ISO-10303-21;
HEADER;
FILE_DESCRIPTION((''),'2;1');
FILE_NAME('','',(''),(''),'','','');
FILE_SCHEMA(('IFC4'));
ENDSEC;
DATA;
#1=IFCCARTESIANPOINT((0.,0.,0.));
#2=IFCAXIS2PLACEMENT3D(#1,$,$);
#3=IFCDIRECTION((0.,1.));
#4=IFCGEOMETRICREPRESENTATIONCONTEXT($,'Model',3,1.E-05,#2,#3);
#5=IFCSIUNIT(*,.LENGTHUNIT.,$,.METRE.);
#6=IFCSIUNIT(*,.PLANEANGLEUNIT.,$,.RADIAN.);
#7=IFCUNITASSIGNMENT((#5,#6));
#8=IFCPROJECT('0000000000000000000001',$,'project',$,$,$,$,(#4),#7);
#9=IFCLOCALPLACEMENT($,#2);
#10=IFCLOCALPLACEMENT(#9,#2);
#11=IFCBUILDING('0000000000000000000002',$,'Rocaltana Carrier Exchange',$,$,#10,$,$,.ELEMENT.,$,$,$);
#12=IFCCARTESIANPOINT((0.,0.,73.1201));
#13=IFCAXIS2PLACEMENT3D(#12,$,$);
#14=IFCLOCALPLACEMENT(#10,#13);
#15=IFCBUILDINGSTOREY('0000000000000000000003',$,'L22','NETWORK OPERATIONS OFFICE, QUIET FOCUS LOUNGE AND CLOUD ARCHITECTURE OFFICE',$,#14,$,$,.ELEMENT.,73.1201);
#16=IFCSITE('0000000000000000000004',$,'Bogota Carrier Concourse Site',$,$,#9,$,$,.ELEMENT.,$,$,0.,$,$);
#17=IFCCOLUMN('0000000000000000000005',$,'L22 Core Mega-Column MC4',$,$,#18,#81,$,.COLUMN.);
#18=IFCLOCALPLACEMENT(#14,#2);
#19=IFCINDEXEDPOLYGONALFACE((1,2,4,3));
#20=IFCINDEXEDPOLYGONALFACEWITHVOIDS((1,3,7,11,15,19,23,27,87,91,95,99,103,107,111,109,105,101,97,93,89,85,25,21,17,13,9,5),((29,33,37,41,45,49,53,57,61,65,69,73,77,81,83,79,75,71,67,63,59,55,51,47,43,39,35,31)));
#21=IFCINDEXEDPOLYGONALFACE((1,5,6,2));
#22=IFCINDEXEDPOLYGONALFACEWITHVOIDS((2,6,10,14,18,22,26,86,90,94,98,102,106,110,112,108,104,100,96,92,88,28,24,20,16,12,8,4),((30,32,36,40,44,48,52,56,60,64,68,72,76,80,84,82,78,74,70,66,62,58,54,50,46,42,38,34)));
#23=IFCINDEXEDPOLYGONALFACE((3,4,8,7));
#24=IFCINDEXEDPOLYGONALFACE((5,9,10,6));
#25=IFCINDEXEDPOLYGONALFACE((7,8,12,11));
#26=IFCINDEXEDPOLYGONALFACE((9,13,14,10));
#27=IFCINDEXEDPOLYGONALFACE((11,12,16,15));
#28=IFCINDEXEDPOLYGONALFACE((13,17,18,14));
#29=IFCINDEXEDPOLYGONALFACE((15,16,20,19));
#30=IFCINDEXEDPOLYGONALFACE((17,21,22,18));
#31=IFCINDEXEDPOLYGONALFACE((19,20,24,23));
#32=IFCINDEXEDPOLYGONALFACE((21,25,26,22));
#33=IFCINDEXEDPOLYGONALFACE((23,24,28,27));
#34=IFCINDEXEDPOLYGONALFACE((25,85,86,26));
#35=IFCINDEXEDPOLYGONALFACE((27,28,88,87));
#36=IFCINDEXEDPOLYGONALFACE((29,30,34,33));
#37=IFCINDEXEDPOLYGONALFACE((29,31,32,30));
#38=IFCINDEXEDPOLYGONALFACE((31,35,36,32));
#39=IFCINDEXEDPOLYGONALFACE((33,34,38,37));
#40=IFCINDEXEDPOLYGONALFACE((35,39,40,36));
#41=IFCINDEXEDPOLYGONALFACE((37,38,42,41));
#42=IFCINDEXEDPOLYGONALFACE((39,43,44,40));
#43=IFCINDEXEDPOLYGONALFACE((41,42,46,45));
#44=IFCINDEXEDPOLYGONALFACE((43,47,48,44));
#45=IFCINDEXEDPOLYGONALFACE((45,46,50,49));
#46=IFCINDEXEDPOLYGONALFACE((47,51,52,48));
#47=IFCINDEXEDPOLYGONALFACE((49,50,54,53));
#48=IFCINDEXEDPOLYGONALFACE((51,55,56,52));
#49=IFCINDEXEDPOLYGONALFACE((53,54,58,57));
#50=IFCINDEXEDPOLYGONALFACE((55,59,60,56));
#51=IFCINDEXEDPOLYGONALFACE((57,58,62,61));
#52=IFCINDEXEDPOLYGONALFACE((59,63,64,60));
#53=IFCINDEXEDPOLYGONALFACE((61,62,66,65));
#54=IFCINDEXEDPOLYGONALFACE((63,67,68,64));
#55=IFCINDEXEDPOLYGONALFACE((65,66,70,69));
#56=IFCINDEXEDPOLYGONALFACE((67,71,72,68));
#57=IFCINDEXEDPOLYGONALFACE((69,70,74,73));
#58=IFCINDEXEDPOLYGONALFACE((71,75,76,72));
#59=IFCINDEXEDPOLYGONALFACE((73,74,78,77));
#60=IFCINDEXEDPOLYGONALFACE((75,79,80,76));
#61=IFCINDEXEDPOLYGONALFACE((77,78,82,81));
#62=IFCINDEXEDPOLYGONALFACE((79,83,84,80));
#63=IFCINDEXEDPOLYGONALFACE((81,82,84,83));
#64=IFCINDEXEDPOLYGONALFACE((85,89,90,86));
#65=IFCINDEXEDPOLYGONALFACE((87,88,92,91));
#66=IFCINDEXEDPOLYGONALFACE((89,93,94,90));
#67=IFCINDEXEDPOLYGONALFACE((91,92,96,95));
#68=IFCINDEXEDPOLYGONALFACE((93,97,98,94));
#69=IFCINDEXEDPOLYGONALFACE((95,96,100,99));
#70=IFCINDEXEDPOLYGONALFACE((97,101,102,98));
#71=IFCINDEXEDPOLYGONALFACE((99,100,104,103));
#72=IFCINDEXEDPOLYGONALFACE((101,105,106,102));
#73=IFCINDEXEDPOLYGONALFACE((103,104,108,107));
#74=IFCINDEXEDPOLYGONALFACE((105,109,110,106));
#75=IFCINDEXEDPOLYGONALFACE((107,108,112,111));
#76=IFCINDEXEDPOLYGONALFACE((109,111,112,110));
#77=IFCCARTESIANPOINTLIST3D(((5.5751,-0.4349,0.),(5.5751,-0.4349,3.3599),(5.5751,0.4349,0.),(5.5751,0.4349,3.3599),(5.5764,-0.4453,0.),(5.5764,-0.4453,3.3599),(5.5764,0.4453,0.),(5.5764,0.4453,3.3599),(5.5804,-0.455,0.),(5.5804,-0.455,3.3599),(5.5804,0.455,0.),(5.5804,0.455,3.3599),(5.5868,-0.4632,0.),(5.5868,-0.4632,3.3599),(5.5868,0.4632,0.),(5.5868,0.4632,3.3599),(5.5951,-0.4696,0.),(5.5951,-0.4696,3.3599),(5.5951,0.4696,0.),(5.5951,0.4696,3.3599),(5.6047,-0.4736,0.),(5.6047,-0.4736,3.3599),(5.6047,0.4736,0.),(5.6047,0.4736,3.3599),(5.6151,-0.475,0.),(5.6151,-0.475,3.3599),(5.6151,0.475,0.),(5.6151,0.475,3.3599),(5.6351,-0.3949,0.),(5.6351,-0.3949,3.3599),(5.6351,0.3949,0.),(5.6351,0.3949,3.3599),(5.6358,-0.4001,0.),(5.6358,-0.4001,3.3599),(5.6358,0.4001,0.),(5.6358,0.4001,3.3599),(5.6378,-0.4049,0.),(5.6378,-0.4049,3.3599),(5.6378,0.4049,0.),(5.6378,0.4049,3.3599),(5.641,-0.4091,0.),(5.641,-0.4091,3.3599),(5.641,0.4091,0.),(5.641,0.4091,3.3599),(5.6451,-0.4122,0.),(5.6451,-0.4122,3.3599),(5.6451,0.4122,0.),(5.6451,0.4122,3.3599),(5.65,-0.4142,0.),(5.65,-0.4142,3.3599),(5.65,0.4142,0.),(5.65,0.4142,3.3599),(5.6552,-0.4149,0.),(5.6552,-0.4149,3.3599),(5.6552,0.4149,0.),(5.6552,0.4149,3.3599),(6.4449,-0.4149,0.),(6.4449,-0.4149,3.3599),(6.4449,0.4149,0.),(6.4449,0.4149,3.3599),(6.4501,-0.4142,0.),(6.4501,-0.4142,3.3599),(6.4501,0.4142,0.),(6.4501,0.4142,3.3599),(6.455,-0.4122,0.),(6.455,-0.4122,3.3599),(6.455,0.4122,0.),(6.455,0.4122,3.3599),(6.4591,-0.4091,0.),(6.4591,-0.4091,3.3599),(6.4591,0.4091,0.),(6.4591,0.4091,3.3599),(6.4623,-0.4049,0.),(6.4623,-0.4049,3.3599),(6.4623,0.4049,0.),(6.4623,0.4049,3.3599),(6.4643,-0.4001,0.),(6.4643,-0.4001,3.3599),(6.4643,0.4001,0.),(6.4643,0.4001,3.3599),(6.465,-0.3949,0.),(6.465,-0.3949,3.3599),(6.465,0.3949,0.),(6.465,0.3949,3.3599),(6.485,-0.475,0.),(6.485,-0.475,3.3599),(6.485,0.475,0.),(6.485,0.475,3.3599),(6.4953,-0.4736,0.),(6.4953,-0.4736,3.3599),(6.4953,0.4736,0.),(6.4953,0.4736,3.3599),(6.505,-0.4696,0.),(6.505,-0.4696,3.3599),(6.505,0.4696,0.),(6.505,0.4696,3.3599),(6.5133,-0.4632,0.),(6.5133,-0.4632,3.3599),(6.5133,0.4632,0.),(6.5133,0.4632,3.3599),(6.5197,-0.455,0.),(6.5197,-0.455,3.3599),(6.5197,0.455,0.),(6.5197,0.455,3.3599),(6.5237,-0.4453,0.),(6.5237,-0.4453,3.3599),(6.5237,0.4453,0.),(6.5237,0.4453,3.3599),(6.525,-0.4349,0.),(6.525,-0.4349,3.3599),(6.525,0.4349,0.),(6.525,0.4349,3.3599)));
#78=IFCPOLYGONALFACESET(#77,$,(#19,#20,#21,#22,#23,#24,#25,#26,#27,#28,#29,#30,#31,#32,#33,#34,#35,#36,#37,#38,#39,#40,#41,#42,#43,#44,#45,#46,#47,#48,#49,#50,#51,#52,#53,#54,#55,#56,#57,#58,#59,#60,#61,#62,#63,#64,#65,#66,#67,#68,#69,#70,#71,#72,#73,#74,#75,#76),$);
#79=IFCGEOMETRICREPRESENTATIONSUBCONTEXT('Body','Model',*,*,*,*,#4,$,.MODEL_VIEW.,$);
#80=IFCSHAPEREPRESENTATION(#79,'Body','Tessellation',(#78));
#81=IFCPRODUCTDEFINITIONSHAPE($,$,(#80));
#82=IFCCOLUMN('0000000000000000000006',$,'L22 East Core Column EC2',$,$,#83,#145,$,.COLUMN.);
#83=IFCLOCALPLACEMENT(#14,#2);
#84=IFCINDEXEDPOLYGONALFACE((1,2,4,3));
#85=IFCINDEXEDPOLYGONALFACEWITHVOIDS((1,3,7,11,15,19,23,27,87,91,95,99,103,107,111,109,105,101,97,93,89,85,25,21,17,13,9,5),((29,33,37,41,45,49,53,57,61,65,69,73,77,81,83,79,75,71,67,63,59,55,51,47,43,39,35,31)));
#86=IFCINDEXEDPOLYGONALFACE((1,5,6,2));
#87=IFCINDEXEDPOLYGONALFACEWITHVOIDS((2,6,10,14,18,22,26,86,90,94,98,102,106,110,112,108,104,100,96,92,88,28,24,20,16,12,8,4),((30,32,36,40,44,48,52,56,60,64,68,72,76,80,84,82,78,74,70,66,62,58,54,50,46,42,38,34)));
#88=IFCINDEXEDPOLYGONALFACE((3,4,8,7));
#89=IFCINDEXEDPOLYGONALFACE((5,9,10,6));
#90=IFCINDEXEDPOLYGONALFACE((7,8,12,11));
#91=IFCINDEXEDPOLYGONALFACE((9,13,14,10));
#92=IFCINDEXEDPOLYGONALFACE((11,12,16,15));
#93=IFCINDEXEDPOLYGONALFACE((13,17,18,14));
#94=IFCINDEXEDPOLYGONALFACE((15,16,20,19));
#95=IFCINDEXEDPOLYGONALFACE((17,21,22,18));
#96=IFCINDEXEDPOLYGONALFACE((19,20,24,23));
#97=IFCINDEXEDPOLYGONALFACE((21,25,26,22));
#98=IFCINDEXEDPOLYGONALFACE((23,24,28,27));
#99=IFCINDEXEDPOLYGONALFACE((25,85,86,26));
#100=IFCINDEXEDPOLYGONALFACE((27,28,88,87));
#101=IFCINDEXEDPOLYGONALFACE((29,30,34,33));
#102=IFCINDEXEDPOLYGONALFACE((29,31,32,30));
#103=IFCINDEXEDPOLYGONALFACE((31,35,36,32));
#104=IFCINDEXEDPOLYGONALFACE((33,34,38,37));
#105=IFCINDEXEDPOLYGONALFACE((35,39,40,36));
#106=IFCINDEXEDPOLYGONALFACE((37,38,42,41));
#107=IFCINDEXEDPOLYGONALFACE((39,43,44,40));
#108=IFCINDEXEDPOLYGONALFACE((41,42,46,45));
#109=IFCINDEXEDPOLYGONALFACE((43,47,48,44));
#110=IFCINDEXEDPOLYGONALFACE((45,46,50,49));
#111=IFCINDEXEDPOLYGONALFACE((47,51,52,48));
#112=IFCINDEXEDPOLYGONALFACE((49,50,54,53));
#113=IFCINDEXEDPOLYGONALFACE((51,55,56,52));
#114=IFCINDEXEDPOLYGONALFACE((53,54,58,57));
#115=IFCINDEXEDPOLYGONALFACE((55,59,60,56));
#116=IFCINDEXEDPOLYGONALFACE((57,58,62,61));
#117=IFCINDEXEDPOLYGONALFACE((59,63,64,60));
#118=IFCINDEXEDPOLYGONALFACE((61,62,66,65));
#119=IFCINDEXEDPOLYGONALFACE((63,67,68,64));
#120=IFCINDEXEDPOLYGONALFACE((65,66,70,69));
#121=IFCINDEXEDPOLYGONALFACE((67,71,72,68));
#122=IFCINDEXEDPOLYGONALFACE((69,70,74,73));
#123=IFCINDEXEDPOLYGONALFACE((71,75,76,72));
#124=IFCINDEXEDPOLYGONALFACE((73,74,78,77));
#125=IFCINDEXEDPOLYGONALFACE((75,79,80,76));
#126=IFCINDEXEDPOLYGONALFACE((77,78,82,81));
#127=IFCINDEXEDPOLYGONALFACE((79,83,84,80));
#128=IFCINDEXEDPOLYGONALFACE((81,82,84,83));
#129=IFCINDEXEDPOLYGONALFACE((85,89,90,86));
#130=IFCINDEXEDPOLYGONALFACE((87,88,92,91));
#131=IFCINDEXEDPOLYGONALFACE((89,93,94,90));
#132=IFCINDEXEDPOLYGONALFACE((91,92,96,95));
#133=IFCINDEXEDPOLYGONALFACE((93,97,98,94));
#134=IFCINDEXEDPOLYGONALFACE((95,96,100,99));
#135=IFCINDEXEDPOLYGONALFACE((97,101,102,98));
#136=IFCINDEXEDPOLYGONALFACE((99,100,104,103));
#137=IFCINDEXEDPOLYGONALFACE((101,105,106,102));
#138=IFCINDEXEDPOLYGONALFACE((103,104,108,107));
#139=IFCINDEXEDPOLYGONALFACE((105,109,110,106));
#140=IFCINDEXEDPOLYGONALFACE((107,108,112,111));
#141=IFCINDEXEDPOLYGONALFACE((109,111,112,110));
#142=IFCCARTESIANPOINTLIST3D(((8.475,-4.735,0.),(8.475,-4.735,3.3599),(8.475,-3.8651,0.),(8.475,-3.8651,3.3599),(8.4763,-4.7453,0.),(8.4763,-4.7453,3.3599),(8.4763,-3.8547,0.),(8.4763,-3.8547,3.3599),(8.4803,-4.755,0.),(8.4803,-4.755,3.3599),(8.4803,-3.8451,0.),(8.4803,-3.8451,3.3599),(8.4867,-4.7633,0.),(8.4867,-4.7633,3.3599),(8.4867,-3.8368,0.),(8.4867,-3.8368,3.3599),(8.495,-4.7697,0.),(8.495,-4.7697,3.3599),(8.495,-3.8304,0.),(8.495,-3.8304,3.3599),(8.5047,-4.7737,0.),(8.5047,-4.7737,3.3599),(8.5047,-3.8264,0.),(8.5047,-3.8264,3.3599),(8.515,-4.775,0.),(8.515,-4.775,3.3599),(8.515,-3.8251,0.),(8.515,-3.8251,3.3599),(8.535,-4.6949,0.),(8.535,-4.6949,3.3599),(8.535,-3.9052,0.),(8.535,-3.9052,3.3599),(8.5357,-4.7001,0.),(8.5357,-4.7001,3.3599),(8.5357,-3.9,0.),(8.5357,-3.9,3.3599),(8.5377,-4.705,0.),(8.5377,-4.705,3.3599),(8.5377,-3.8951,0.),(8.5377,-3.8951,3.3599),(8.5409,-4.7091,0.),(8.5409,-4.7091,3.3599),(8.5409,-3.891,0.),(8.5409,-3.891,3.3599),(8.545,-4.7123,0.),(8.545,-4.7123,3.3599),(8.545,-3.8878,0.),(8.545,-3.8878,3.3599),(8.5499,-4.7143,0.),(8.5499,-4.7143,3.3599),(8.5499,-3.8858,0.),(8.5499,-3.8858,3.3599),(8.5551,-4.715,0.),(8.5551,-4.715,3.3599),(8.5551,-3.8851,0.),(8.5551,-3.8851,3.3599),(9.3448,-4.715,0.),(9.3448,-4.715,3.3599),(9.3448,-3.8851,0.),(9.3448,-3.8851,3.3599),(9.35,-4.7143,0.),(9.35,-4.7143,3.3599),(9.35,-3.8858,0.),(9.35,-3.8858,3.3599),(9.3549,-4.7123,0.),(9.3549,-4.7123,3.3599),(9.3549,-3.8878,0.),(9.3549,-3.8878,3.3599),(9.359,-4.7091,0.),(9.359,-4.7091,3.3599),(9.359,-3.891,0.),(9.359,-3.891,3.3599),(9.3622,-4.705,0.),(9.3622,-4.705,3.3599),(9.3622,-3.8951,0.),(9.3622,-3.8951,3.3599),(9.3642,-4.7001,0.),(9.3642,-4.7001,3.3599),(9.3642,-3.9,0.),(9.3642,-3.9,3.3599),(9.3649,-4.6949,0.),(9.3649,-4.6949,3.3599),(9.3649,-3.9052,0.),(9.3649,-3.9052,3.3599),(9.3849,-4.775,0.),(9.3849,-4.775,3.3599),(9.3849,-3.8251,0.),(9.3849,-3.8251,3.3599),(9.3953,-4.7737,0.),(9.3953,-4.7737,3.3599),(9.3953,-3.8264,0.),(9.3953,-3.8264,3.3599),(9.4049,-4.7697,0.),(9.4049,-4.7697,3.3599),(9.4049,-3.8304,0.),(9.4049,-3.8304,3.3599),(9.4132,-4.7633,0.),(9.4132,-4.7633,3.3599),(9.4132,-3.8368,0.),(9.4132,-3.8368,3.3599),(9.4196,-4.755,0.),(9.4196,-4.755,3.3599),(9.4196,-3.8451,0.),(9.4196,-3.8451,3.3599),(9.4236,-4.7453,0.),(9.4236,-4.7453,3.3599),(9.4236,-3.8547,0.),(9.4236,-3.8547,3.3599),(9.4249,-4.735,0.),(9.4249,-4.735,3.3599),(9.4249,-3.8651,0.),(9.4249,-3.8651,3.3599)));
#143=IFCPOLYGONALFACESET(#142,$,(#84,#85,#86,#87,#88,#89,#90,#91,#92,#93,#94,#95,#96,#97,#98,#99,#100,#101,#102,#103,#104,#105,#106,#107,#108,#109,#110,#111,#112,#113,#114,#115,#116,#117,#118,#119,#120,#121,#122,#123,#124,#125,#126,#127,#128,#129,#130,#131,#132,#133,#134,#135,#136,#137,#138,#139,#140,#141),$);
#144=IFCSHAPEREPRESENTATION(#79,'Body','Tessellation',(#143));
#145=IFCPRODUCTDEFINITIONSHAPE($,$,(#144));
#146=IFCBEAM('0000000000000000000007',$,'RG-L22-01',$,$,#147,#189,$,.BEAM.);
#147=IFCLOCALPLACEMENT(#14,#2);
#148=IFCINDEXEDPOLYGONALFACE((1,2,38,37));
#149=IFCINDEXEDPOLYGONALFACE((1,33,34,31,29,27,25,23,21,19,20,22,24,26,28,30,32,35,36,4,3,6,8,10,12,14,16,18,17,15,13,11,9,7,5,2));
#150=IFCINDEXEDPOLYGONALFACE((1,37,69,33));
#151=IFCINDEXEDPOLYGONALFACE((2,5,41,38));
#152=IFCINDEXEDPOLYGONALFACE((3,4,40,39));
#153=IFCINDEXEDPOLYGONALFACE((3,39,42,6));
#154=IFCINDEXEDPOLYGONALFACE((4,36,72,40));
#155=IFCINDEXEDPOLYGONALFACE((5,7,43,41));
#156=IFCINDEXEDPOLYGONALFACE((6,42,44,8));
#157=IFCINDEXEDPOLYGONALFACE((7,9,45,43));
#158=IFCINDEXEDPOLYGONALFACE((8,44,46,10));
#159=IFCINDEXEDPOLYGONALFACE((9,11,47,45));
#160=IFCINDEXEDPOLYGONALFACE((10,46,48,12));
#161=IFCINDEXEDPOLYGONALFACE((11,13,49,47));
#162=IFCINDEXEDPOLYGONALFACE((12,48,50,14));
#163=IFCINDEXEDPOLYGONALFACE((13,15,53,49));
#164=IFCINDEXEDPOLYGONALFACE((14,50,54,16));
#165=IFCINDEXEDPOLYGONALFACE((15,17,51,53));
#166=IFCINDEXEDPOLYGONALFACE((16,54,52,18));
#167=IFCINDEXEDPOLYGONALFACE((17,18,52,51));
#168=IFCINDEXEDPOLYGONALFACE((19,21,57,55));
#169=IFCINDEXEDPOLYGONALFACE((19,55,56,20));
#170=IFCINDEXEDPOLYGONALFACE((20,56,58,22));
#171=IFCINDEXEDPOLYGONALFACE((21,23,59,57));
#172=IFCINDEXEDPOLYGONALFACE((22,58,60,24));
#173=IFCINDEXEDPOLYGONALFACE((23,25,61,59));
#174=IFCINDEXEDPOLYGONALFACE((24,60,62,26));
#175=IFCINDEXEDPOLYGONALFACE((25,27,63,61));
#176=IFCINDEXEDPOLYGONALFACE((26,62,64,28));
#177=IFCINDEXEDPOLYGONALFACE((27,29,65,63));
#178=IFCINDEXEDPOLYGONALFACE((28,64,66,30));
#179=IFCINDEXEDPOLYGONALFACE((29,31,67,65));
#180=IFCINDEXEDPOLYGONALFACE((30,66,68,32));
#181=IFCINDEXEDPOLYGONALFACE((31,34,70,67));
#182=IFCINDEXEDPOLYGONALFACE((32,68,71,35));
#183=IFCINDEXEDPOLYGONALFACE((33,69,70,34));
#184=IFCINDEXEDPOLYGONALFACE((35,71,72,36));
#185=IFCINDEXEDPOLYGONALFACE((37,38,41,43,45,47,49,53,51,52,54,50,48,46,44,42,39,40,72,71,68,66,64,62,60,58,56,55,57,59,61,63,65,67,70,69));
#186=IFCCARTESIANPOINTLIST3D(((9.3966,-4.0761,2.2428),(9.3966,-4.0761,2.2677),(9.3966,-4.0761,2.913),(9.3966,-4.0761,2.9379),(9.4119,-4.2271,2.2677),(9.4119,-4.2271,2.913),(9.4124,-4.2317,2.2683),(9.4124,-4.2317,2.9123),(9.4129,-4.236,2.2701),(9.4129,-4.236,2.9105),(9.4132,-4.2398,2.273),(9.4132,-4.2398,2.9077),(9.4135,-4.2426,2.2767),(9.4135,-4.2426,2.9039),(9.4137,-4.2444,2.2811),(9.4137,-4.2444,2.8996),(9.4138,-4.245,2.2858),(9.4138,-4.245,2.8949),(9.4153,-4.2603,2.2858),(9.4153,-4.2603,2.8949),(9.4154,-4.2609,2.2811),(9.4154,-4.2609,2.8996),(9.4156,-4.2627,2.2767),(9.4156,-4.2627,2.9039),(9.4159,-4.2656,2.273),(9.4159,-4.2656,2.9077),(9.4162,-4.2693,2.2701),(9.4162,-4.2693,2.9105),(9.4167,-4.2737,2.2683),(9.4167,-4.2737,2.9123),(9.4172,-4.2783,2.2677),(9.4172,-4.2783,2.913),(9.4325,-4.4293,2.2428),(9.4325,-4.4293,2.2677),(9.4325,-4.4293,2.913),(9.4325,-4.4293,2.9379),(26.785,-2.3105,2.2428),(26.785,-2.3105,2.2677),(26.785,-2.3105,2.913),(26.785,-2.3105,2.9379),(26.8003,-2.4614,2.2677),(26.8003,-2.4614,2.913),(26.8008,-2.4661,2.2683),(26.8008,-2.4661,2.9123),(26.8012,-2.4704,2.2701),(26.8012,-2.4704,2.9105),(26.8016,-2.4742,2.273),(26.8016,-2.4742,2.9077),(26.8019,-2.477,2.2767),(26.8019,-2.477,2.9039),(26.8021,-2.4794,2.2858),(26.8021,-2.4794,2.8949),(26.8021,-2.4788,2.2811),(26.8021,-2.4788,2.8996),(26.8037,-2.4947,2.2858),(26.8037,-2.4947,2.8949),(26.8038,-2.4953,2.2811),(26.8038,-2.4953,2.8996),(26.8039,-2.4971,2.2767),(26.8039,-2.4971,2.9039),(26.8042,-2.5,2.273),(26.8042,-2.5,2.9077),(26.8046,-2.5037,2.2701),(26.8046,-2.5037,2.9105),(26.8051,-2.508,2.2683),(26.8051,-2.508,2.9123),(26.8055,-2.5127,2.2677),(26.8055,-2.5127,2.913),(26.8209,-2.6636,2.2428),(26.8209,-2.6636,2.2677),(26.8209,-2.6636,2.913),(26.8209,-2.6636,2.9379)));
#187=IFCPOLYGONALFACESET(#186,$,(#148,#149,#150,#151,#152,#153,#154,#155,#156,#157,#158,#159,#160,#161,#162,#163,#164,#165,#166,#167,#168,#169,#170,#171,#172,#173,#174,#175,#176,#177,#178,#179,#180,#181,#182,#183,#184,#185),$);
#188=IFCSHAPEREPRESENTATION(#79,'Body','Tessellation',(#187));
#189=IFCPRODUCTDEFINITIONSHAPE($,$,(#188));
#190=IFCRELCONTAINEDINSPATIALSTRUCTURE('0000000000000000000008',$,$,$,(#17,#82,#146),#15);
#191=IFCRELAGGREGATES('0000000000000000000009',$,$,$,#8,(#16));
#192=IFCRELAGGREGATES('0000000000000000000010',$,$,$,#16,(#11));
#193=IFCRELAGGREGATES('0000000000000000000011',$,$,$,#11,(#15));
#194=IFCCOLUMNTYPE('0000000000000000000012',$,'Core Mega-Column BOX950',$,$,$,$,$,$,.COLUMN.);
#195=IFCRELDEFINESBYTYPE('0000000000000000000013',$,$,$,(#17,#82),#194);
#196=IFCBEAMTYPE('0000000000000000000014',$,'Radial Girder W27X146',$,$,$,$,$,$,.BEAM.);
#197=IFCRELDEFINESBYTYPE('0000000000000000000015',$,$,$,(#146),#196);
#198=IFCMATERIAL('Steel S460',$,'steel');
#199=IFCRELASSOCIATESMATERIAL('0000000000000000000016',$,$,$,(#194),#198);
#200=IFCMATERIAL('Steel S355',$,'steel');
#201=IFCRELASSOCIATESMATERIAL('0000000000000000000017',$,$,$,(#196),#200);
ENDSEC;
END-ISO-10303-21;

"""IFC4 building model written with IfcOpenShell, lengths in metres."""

from ifc_helpers import new_model, si_unit, direction, frame, origin, origin_2d, place, context, subcontext, project, spatial, hollow_rectangle, i_section, extrude, material, material_profile, profile_set, type_object, element, save


model = new_model("IFC4")

# Units and contexts
model_context = context("Model", 3, precision=1e-05, world=origin(), true_north=direction((0.0, 1.0)))
body_context = subcontext(model_context, "Body", "Model", "MODEL_VIEW")
ifc_project = project(units=[si_unit("LENGTHUNIT", "METRE"), si_unit("PLANEANGLEUNIT", "RADIAN")], contexts=[model_context])

# Site, building, storey
site_placement = place(None, origin())
site = spatial("IfcSite", under=ifc_project, at=site_placement, Name="Bogota Carrier Concourse Site", CompositionType="ELEMENT", RefElevation=0.0)
building_placement = place(site_placement, origin())
building = spatial("IfcBuilding", under=site, at=building_placement, Name="Rocaltana Carrier Exchange", CompositionType="ELEMENT")
storey_placement = place(building_placement, frame((0.0, 0.0, 73.1201)))
storey = spatial("IfcBuildingStorey", under=building, at=storey_placement, Name="L22", Description="NETWORK OPERATIONS OFFICE, QUIET FOCUS LOUNGE AND CLOUD ARCHITECTURE OFFICE", CompositionType="ELEMENT", Elevation=73.1201)

# Columns
ifc_material_1 = material(Name="Steel S460", Category="steel")
ifc_material_profile_1 = material_profile(ifc_material_1, hollow_rectangle(XDim=0.95, YDim=0.95, WallThickness=0.0601, InnerFilletRadius=0.02, OuterFilletRadius=0.04, at=origin_2d()), Name="BOX950X950X60")
ifc_profile_set_1 = profile_set([ifc_material_profile_1], Name="Steel S460")
column_type = type_object("IfcColumnType", Name="Core Mega-Column BOX950", PredefinedType="COLUMN", material=ifc_profile_set_1)
for number, where, z_axis, x_axis, name in (
    (1, (6.05, 0.0, 0.0), (0.0, 0.0, 1.0), (1.0, 0.0, 0.0), "L22 Core Mega-Column MC4"),
    (2, (8.95, -4.3, 0.0), (0.0, 0.0, 1.0), (1.0, 0.0, 0.0), "L22 East Core Column EC2"),
):
    element("IfcColumn", number, at=place(storey_placement, frame(where, z_axis=z_axis, x_axis=x_axis)), inside=storey, type_object=column_type, Name=name, PredefinedType="COLUMN", context=body_context, shape_type="SweptSolid", body=[
        extrude(hollow_rectangle(XDim=0.95, YDim=0.95, WallThickness=0.0601, InnerFilletRadius=0.02, OuterFilletRadius=0.04, at=origin_2d()), origin(), (0.0, 0.0, 1.0), 3.3599),
    ])

# Beam
ifc_material_2 = material(Name="Steel S355", Category="steel")
ifc_material_profile_2 = material_profile(ifc_material_2, i_section(OverallWidth=0.355, OverallDepth=0.6951, WebThickness=0.0154, FlangeThickness=0.0249, FilletRadius=0.0181, at=origin_2d()), Name="W27X146")
ifc_profile_set_2 = profile_set([ifc_material_profile_2], Name="Steel S355")
beam_type = type_object("IfcBeamType", Name="Radial Girder W27X146", PredefinedType="BEAM", material=ifc_profile_set_2)
beam_1_placement = place(storey_placement, frame((9.4146, -4.2527, 2.5903), z_axis=(0.994884, 0.101021, 0.0), x_axis=(-0.101021, 0.994884, 0.0)))
element("IfcBeam", 3, at=beam_1_placement, inside=storey, type_object=beam_type, Name="RG-L22-01", PredefinedType="BEAM", context=body_context, shape_type="SweptSolid", body=[
    extrude(i_section(OverallWidth=0.355, OverallDepth=0.6951, WebThickness=0.0154, FlangeThickness=0.0249, FilletRadius=0.0181, at=origin_2d()), origin(), (0.0, 0.0, 1.0), 17.4778),
])

save(model, "model.ifc")
